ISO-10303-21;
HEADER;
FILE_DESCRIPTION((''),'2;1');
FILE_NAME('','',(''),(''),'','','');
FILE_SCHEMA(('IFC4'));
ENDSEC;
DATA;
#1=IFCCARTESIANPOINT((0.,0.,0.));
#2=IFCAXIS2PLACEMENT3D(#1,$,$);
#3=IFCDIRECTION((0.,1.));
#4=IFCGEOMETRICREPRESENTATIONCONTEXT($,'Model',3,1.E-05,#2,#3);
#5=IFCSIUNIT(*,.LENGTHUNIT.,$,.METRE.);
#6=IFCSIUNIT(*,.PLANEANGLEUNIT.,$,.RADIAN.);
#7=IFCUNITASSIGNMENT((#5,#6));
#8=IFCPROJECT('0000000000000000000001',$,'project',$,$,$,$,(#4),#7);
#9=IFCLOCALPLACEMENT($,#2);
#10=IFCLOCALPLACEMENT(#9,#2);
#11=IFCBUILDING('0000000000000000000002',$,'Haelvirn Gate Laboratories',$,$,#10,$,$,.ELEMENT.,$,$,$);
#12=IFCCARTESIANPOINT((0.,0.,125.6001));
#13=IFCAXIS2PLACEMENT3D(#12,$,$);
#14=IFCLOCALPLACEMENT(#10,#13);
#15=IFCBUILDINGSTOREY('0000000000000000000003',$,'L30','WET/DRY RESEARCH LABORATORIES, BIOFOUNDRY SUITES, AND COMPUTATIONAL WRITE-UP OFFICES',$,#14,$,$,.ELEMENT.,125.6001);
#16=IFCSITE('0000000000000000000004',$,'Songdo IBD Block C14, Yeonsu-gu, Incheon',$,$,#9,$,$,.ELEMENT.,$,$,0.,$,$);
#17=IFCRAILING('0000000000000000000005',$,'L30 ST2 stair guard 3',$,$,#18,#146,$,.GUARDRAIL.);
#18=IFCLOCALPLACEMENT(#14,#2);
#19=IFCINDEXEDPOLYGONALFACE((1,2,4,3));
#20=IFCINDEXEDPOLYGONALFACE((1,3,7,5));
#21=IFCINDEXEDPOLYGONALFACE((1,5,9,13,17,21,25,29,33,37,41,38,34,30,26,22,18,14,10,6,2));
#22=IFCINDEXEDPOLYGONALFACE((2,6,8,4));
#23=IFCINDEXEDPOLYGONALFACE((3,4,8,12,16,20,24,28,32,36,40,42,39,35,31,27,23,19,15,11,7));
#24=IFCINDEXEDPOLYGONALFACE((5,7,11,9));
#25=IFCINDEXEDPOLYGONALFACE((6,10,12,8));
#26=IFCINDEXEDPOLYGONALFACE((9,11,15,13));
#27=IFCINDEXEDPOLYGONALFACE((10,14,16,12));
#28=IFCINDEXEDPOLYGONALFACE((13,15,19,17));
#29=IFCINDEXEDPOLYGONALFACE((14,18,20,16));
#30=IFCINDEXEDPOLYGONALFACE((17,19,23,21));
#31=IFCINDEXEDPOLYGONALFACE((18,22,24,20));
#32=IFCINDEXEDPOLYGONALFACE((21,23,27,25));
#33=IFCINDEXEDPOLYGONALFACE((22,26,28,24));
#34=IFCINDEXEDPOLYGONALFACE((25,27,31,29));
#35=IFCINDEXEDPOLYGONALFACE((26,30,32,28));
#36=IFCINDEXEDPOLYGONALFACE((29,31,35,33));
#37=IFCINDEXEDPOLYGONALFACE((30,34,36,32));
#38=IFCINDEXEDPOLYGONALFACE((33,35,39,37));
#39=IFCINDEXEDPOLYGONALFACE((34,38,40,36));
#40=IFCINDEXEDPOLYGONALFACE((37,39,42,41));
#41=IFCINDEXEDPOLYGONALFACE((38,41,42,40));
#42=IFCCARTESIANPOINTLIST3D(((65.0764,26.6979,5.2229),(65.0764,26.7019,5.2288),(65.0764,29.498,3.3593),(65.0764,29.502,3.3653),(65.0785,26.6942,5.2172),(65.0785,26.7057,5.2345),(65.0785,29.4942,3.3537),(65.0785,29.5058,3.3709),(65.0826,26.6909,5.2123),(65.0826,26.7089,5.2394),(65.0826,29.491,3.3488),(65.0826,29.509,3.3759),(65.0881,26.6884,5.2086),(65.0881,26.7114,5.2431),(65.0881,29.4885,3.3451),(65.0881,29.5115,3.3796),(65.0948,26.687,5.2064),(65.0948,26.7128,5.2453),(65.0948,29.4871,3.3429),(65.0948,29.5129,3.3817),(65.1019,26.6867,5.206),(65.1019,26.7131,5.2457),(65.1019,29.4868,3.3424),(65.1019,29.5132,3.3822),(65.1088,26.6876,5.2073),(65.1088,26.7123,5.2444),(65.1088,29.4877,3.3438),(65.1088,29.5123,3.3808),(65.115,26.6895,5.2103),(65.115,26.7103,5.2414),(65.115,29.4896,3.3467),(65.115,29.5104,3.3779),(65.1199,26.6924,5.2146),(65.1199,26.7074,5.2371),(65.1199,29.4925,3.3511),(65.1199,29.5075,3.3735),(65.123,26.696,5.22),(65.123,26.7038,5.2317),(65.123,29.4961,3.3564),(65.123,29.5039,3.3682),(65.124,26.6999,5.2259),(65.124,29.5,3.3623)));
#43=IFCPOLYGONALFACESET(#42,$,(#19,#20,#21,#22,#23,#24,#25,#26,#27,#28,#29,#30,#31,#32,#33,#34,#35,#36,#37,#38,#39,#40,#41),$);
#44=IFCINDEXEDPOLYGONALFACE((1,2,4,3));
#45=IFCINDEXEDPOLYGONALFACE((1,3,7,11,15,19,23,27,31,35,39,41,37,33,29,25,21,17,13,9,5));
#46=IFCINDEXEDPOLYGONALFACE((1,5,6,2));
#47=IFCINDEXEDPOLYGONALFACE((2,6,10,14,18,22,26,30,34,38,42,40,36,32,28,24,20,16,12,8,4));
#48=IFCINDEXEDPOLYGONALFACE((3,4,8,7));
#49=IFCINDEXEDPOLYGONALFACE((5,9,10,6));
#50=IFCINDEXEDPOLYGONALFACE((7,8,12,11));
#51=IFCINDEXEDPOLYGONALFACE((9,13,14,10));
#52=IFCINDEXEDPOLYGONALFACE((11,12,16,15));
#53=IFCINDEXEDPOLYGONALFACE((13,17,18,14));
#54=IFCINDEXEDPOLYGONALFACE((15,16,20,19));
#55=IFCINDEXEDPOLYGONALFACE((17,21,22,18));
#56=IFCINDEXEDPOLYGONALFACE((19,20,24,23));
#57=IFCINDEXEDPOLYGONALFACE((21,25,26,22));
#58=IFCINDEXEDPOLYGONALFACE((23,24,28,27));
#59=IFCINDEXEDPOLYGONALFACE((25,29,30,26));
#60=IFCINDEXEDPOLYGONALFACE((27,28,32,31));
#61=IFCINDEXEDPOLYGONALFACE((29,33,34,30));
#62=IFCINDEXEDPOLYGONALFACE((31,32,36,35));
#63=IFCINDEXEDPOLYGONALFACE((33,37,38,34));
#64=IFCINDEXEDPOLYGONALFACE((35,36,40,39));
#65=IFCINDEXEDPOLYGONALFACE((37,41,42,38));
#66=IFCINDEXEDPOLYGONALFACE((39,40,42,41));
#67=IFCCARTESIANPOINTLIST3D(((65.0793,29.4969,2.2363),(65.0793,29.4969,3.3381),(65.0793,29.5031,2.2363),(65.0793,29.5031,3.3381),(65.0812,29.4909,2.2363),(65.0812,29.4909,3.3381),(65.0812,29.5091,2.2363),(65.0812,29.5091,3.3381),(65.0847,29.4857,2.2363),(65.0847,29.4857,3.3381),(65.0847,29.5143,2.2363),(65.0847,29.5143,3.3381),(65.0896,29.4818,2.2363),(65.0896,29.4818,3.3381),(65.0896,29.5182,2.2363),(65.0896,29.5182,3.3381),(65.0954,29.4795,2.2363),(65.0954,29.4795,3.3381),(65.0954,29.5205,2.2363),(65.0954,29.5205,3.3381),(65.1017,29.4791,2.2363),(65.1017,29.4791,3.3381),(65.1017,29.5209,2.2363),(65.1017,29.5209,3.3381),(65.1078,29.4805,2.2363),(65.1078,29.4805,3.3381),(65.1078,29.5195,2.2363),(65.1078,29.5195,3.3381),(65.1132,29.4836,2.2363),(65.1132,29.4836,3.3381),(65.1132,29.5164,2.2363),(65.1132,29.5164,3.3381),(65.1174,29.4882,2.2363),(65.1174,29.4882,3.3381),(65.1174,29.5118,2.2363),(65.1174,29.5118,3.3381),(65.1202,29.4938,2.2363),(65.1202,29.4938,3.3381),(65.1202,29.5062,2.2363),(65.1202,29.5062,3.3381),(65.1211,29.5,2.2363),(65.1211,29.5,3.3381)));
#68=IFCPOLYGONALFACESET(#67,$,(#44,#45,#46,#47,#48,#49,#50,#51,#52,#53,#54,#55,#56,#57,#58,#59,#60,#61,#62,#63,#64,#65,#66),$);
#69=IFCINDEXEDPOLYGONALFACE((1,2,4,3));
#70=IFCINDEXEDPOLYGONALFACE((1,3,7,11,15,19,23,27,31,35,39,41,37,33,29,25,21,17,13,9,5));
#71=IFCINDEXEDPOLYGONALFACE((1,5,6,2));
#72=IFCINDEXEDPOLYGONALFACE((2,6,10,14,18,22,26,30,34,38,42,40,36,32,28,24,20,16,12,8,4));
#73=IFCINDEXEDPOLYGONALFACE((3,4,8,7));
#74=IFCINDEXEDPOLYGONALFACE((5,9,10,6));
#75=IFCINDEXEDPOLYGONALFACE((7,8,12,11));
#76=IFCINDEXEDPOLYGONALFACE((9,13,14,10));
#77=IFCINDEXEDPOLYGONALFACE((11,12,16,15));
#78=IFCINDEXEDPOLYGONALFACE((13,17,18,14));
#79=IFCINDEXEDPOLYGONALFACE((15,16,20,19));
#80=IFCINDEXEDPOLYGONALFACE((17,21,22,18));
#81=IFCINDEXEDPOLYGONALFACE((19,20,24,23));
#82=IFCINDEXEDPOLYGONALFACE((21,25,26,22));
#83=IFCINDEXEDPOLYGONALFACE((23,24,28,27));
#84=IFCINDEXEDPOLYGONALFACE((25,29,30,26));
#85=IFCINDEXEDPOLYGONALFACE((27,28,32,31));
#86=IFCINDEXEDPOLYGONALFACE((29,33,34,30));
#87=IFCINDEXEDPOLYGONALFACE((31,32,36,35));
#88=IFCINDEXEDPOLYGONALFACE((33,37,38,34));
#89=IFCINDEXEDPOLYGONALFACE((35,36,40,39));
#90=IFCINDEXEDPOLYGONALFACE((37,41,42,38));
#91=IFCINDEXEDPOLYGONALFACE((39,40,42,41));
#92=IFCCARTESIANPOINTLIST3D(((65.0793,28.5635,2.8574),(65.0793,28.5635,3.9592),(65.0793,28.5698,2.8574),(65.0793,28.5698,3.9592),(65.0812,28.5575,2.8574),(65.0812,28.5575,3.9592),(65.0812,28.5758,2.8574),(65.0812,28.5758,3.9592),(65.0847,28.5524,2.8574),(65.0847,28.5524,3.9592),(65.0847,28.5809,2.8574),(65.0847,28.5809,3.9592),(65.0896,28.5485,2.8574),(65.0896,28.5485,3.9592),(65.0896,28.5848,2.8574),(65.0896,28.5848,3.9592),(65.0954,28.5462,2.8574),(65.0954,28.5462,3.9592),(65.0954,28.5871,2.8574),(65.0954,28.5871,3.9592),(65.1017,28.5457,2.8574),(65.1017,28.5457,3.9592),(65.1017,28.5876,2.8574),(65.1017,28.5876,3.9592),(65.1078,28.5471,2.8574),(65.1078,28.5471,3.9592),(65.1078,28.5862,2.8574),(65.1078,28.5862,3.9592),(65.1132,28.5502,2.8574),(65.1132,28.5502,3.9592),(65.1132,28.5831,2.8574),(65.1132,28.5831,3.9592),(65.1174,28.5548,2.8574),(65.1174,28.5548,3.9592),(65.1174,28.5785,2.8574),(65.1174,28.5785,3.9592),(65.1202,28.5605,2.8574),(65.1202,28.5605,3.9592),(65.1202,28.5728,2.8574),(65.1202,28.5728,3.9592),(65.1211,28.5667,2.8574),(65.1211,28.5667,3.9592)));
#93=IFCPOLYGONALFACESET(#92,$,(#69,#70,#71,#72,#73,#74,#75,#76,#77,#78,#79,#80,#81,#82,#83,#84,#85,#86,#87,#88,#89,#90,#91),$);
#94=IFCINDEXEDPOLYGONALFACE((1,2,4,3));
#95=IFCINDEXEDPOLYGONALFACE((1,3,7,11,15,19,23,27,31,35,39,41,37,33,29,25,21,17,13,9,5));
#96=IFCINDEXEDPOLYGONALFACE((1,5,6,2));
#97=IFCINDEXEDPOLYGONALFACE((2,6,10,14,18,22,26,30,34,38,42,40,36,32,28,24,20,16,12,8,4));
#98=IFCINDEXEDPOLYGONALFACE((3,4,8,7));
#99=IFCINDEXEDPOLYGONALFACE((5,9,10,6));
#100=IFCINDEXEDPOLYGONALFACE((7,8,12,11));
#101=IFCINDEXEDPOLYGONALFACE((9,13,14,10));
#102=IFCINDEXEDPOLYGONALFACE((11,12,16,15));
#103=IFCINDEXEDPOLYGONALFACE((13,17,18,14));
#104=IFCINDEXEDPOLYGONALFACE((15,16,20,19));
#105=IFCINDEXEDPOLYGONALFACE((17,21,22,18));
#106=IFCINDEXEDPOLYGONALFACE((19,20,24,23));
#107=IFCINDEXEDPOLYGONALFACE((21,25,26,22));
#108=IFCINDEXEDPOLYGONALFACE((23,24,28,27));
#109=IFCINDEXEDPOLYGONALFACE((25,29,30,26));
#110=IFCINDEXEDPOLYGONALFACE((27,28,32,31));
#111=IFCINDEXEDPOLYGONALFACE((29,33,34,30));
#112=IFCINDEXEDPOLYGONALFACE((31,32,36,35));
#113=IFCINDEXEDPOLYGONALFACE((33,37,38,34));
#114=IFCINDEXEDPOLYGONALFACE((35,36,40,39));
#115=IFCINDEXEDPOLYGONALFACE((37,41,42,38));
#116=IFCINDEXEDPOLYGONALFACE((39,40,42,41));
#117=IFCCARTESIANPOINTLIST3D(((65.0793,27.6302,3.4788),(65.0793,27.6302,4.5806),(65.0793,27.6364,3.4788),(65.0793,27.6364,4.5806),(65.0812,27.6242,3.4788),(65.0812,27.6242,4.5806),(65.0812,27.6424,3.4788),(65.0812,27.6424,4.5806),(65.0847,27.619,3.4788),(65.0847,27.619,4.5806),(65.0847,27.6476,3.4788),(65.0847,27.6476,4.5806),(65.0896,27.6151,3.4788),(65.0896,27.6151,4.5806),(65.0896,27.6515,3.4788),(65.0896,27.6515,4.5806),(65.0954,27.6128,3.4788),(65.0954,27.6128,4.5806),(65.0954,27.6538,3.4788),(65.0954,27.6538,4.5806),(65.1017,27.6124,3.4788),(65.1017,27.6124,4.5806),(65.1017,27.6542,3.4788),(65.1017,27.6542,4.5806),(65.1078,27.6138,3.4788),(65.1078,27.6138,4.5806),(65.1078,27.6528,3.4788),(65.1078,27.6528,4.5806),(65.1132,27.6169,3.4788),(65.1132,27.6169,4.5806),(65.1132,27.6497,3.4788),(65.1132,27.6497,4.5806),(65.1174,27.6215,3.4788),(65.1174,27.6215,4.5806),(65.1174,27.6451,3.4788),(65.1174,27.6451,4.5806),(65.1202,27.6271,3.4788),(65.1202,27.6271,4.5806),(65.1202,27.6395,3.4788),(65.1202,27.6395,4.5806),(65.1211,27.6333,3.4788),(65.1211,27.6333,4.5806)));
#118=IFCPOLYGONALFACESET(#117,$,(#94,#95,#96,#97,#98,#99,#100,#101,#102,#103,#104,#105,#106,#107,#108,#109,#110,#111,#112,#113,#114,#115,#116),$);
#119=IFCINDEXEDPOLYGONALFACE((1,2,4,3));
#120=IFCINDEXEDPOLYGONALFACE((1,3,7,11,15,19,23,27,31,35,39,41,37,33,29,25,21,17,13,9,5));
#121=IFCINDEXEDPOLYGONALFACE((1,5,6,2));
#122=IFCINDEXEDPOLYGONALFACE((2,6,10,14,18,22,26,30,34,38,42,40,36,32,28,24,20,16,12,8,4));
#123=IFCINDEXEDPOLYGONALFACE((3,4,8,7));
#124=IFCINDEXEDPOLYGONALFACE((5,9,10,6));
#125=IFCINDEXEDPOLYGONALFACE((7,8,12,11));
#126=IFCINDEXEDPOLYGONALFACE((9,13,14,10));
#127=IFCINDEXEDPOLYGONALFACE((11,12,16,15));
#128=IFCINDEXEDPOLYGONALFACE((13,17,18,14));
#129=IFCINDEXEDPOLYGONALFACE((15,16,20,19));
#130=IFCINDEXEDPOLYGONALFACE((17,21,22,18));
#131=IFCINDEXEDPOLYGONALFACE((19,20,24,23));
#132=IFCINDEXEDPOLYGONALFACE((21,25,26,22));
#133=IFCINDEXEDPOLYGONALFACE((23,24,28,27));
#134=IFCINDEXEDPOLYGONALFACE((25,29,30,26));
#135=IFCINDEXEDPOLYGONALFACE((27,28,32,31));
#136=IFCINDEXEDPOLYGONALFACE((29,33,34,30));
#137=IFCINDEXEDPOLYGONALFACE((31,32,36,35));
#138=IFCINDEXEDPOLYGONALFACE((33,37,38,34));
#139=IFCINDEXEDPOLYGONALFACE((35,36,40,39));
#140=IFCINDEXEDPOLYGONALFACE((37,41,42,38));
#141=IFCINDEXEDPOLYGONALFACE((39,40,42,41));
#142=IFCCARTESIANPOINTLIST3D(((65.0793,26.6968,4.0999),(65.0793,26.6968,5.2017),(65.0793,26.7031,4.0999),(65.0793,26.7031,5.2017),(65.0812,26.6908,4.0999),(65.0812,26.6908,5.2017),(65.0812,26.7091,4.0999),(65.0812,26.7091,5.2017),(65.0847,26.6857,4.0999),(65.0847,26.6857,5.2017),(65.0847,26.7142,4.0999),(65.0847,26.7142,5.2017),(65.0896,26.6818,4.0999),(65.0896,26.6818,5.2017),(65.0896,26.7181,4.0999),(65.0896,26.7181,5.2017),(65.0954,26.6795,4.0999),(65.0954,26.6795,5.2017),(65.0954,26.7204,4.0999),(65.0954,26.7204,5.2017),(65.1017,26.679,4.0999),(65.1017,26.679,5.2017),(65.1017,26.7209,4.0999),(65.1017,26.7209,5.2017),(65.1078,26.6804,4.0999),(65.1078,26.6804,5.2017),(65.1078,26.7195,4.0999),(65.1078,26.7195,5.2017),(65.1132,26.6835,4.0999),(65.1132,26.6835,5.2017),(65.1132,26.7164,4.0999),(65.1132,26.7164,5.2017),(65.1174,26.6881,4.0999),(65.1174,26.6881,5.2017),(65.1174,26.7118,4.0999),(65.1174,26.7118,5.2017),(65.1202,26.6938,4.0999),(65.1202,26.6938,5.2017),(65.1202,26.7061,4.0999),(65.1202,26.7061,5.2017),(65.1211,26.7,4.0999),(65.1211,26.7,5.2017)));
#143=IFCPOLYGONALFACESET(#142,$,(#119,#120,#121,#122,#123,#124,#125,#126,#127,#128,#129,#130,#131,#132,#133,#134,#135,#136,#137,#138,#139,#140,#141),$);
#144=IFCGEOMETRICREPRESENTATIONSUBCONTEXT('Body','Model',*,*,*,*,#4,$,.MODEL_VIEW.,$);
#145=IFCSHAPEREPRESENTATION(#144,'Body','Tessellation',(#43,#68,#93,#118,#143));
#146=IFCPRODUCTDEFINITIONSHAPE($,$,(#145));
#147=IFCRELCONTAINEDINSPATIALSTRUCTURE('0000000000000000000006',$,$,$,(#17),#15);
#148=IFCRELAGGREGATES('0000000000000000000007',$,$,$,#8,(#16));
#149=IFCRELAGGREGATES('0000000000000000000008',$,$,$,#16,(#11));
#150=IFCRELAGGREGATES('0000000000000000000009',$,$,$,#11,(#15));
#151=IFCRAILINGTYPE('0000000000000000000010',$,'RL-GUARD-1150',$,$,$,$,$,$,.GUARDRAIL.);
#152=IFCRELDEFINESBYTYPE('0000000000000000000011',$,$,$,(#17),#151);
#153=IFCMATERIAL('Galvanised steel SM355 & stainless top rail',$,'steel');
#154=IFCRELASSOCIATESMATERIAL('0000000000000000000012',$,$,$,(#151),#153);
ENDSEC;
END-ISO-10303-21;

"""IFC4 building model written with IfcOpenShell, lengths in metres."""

from ifc_helpers import new_model, si_unit, direction, frame, origin, origin_2d, place, context, subcontext, project, spatial, circle, extrude, source, transform, mapped, material, type_object, element, save


model = new_model("IFC4")

# Units and contexts
model_context = context("Model", 3, precision=1e-05, world=origin(), true_north=direction((0.0, 1.0)))
body_context = subcontext(model_context, "Body", "Model", "MODEL_VIEW")
ifc_project = project(units=[si_unit("LENGTHUNIT", "METRE"), si_unit("PLANEANGLEUNIT", "RADIAN")], contexts=[model_context])

# Site, building, storey
site_placement = place(None, origin())
site = spatial("IfcSite", under=ifc_project, at=site_placement, Name="Songdo IBD Block C14, Yeonsu-gu, Incheon", CompositionType="ELEMENT", RefElevation=0.0)
building_placement = place(site_placement, origin())
building = spatial("IfcBuilding", under=site, at=building_placement, Name="Haelvirn Gate Laboratories", CompositionType="ELEMENT")
storey_placement = place(building_placement, frame((0.0, 0.0, 125.6001)))
storey = spatial("IfcBuildingStorey", under=building, at=storey_placement, Name="L30", Description="WET/DRY RESEARCH LABORATORIES, BIOFOUNDRY SUITES, AND COMPUTATIONAL WRITE-UP OFFICES", CompositionType="ELEMENT", Elevation=125.6001)

# Railing
ifc_material_1 = material(Name="Galvanised steel SM355 & stainless top rail", Category="steel")
railing_type_1 = type_object("IfcRailingType", Name="RL-GUARD-1150", PredefinedType="GUARDRAIL", material=ifc_material_1)
shared_shape_1 = source(origin(), body_context, "Body", "SweptSolid", [
    extrude(circle(Radius=0.0239, at=origin_2d()), frame((0.0, 0.0, 1.126), z_axis=(0.0, -0.832486, 0.554047), x_axis=(1.0, 0.0, 0.0)), (0.0, 0.0, 1.0), 3.3635),
    extrude(circle(Radius=0.021, at=origin_2d()), origin(), (0.0, 0.0, 1.0), 1.1018),
    extrude(circle(Radius=0.021, at=origin_2d()), frame((0.0, -0.9333, 0.6211)), (0.0, 0.0, 1.0), 1.1018),
    extrude(circle(Radius=0.021, at=origin_2d()), frame((0.0, -1.8667, 1.2424)), (0.0, 0.0, 1.0), 1.1018),
    extrude(circle(Radius=0.021, at=origin_2d()), frame((0.0, -2.8, 1.8635)), (0.0, 0.0, 1.0), 1.1018),
])
railing_1_placement = place(storey_placement, frame((65.1001, 29.5, 2.2363)))
element("IfcRailing", 1, at=railing_1_placement, inside=storey, type_object=railing_type_1, Name="L30 ST2 stair guard 3", PredefinedType="GUARDRAIL", context=body_context, shape_type="MappedRepresentation", body=[
    mapped(shared_shape_1, transform((0.0, 0.0, 0.0), scale=1.0)),
])

save(model, "model.ifc")
